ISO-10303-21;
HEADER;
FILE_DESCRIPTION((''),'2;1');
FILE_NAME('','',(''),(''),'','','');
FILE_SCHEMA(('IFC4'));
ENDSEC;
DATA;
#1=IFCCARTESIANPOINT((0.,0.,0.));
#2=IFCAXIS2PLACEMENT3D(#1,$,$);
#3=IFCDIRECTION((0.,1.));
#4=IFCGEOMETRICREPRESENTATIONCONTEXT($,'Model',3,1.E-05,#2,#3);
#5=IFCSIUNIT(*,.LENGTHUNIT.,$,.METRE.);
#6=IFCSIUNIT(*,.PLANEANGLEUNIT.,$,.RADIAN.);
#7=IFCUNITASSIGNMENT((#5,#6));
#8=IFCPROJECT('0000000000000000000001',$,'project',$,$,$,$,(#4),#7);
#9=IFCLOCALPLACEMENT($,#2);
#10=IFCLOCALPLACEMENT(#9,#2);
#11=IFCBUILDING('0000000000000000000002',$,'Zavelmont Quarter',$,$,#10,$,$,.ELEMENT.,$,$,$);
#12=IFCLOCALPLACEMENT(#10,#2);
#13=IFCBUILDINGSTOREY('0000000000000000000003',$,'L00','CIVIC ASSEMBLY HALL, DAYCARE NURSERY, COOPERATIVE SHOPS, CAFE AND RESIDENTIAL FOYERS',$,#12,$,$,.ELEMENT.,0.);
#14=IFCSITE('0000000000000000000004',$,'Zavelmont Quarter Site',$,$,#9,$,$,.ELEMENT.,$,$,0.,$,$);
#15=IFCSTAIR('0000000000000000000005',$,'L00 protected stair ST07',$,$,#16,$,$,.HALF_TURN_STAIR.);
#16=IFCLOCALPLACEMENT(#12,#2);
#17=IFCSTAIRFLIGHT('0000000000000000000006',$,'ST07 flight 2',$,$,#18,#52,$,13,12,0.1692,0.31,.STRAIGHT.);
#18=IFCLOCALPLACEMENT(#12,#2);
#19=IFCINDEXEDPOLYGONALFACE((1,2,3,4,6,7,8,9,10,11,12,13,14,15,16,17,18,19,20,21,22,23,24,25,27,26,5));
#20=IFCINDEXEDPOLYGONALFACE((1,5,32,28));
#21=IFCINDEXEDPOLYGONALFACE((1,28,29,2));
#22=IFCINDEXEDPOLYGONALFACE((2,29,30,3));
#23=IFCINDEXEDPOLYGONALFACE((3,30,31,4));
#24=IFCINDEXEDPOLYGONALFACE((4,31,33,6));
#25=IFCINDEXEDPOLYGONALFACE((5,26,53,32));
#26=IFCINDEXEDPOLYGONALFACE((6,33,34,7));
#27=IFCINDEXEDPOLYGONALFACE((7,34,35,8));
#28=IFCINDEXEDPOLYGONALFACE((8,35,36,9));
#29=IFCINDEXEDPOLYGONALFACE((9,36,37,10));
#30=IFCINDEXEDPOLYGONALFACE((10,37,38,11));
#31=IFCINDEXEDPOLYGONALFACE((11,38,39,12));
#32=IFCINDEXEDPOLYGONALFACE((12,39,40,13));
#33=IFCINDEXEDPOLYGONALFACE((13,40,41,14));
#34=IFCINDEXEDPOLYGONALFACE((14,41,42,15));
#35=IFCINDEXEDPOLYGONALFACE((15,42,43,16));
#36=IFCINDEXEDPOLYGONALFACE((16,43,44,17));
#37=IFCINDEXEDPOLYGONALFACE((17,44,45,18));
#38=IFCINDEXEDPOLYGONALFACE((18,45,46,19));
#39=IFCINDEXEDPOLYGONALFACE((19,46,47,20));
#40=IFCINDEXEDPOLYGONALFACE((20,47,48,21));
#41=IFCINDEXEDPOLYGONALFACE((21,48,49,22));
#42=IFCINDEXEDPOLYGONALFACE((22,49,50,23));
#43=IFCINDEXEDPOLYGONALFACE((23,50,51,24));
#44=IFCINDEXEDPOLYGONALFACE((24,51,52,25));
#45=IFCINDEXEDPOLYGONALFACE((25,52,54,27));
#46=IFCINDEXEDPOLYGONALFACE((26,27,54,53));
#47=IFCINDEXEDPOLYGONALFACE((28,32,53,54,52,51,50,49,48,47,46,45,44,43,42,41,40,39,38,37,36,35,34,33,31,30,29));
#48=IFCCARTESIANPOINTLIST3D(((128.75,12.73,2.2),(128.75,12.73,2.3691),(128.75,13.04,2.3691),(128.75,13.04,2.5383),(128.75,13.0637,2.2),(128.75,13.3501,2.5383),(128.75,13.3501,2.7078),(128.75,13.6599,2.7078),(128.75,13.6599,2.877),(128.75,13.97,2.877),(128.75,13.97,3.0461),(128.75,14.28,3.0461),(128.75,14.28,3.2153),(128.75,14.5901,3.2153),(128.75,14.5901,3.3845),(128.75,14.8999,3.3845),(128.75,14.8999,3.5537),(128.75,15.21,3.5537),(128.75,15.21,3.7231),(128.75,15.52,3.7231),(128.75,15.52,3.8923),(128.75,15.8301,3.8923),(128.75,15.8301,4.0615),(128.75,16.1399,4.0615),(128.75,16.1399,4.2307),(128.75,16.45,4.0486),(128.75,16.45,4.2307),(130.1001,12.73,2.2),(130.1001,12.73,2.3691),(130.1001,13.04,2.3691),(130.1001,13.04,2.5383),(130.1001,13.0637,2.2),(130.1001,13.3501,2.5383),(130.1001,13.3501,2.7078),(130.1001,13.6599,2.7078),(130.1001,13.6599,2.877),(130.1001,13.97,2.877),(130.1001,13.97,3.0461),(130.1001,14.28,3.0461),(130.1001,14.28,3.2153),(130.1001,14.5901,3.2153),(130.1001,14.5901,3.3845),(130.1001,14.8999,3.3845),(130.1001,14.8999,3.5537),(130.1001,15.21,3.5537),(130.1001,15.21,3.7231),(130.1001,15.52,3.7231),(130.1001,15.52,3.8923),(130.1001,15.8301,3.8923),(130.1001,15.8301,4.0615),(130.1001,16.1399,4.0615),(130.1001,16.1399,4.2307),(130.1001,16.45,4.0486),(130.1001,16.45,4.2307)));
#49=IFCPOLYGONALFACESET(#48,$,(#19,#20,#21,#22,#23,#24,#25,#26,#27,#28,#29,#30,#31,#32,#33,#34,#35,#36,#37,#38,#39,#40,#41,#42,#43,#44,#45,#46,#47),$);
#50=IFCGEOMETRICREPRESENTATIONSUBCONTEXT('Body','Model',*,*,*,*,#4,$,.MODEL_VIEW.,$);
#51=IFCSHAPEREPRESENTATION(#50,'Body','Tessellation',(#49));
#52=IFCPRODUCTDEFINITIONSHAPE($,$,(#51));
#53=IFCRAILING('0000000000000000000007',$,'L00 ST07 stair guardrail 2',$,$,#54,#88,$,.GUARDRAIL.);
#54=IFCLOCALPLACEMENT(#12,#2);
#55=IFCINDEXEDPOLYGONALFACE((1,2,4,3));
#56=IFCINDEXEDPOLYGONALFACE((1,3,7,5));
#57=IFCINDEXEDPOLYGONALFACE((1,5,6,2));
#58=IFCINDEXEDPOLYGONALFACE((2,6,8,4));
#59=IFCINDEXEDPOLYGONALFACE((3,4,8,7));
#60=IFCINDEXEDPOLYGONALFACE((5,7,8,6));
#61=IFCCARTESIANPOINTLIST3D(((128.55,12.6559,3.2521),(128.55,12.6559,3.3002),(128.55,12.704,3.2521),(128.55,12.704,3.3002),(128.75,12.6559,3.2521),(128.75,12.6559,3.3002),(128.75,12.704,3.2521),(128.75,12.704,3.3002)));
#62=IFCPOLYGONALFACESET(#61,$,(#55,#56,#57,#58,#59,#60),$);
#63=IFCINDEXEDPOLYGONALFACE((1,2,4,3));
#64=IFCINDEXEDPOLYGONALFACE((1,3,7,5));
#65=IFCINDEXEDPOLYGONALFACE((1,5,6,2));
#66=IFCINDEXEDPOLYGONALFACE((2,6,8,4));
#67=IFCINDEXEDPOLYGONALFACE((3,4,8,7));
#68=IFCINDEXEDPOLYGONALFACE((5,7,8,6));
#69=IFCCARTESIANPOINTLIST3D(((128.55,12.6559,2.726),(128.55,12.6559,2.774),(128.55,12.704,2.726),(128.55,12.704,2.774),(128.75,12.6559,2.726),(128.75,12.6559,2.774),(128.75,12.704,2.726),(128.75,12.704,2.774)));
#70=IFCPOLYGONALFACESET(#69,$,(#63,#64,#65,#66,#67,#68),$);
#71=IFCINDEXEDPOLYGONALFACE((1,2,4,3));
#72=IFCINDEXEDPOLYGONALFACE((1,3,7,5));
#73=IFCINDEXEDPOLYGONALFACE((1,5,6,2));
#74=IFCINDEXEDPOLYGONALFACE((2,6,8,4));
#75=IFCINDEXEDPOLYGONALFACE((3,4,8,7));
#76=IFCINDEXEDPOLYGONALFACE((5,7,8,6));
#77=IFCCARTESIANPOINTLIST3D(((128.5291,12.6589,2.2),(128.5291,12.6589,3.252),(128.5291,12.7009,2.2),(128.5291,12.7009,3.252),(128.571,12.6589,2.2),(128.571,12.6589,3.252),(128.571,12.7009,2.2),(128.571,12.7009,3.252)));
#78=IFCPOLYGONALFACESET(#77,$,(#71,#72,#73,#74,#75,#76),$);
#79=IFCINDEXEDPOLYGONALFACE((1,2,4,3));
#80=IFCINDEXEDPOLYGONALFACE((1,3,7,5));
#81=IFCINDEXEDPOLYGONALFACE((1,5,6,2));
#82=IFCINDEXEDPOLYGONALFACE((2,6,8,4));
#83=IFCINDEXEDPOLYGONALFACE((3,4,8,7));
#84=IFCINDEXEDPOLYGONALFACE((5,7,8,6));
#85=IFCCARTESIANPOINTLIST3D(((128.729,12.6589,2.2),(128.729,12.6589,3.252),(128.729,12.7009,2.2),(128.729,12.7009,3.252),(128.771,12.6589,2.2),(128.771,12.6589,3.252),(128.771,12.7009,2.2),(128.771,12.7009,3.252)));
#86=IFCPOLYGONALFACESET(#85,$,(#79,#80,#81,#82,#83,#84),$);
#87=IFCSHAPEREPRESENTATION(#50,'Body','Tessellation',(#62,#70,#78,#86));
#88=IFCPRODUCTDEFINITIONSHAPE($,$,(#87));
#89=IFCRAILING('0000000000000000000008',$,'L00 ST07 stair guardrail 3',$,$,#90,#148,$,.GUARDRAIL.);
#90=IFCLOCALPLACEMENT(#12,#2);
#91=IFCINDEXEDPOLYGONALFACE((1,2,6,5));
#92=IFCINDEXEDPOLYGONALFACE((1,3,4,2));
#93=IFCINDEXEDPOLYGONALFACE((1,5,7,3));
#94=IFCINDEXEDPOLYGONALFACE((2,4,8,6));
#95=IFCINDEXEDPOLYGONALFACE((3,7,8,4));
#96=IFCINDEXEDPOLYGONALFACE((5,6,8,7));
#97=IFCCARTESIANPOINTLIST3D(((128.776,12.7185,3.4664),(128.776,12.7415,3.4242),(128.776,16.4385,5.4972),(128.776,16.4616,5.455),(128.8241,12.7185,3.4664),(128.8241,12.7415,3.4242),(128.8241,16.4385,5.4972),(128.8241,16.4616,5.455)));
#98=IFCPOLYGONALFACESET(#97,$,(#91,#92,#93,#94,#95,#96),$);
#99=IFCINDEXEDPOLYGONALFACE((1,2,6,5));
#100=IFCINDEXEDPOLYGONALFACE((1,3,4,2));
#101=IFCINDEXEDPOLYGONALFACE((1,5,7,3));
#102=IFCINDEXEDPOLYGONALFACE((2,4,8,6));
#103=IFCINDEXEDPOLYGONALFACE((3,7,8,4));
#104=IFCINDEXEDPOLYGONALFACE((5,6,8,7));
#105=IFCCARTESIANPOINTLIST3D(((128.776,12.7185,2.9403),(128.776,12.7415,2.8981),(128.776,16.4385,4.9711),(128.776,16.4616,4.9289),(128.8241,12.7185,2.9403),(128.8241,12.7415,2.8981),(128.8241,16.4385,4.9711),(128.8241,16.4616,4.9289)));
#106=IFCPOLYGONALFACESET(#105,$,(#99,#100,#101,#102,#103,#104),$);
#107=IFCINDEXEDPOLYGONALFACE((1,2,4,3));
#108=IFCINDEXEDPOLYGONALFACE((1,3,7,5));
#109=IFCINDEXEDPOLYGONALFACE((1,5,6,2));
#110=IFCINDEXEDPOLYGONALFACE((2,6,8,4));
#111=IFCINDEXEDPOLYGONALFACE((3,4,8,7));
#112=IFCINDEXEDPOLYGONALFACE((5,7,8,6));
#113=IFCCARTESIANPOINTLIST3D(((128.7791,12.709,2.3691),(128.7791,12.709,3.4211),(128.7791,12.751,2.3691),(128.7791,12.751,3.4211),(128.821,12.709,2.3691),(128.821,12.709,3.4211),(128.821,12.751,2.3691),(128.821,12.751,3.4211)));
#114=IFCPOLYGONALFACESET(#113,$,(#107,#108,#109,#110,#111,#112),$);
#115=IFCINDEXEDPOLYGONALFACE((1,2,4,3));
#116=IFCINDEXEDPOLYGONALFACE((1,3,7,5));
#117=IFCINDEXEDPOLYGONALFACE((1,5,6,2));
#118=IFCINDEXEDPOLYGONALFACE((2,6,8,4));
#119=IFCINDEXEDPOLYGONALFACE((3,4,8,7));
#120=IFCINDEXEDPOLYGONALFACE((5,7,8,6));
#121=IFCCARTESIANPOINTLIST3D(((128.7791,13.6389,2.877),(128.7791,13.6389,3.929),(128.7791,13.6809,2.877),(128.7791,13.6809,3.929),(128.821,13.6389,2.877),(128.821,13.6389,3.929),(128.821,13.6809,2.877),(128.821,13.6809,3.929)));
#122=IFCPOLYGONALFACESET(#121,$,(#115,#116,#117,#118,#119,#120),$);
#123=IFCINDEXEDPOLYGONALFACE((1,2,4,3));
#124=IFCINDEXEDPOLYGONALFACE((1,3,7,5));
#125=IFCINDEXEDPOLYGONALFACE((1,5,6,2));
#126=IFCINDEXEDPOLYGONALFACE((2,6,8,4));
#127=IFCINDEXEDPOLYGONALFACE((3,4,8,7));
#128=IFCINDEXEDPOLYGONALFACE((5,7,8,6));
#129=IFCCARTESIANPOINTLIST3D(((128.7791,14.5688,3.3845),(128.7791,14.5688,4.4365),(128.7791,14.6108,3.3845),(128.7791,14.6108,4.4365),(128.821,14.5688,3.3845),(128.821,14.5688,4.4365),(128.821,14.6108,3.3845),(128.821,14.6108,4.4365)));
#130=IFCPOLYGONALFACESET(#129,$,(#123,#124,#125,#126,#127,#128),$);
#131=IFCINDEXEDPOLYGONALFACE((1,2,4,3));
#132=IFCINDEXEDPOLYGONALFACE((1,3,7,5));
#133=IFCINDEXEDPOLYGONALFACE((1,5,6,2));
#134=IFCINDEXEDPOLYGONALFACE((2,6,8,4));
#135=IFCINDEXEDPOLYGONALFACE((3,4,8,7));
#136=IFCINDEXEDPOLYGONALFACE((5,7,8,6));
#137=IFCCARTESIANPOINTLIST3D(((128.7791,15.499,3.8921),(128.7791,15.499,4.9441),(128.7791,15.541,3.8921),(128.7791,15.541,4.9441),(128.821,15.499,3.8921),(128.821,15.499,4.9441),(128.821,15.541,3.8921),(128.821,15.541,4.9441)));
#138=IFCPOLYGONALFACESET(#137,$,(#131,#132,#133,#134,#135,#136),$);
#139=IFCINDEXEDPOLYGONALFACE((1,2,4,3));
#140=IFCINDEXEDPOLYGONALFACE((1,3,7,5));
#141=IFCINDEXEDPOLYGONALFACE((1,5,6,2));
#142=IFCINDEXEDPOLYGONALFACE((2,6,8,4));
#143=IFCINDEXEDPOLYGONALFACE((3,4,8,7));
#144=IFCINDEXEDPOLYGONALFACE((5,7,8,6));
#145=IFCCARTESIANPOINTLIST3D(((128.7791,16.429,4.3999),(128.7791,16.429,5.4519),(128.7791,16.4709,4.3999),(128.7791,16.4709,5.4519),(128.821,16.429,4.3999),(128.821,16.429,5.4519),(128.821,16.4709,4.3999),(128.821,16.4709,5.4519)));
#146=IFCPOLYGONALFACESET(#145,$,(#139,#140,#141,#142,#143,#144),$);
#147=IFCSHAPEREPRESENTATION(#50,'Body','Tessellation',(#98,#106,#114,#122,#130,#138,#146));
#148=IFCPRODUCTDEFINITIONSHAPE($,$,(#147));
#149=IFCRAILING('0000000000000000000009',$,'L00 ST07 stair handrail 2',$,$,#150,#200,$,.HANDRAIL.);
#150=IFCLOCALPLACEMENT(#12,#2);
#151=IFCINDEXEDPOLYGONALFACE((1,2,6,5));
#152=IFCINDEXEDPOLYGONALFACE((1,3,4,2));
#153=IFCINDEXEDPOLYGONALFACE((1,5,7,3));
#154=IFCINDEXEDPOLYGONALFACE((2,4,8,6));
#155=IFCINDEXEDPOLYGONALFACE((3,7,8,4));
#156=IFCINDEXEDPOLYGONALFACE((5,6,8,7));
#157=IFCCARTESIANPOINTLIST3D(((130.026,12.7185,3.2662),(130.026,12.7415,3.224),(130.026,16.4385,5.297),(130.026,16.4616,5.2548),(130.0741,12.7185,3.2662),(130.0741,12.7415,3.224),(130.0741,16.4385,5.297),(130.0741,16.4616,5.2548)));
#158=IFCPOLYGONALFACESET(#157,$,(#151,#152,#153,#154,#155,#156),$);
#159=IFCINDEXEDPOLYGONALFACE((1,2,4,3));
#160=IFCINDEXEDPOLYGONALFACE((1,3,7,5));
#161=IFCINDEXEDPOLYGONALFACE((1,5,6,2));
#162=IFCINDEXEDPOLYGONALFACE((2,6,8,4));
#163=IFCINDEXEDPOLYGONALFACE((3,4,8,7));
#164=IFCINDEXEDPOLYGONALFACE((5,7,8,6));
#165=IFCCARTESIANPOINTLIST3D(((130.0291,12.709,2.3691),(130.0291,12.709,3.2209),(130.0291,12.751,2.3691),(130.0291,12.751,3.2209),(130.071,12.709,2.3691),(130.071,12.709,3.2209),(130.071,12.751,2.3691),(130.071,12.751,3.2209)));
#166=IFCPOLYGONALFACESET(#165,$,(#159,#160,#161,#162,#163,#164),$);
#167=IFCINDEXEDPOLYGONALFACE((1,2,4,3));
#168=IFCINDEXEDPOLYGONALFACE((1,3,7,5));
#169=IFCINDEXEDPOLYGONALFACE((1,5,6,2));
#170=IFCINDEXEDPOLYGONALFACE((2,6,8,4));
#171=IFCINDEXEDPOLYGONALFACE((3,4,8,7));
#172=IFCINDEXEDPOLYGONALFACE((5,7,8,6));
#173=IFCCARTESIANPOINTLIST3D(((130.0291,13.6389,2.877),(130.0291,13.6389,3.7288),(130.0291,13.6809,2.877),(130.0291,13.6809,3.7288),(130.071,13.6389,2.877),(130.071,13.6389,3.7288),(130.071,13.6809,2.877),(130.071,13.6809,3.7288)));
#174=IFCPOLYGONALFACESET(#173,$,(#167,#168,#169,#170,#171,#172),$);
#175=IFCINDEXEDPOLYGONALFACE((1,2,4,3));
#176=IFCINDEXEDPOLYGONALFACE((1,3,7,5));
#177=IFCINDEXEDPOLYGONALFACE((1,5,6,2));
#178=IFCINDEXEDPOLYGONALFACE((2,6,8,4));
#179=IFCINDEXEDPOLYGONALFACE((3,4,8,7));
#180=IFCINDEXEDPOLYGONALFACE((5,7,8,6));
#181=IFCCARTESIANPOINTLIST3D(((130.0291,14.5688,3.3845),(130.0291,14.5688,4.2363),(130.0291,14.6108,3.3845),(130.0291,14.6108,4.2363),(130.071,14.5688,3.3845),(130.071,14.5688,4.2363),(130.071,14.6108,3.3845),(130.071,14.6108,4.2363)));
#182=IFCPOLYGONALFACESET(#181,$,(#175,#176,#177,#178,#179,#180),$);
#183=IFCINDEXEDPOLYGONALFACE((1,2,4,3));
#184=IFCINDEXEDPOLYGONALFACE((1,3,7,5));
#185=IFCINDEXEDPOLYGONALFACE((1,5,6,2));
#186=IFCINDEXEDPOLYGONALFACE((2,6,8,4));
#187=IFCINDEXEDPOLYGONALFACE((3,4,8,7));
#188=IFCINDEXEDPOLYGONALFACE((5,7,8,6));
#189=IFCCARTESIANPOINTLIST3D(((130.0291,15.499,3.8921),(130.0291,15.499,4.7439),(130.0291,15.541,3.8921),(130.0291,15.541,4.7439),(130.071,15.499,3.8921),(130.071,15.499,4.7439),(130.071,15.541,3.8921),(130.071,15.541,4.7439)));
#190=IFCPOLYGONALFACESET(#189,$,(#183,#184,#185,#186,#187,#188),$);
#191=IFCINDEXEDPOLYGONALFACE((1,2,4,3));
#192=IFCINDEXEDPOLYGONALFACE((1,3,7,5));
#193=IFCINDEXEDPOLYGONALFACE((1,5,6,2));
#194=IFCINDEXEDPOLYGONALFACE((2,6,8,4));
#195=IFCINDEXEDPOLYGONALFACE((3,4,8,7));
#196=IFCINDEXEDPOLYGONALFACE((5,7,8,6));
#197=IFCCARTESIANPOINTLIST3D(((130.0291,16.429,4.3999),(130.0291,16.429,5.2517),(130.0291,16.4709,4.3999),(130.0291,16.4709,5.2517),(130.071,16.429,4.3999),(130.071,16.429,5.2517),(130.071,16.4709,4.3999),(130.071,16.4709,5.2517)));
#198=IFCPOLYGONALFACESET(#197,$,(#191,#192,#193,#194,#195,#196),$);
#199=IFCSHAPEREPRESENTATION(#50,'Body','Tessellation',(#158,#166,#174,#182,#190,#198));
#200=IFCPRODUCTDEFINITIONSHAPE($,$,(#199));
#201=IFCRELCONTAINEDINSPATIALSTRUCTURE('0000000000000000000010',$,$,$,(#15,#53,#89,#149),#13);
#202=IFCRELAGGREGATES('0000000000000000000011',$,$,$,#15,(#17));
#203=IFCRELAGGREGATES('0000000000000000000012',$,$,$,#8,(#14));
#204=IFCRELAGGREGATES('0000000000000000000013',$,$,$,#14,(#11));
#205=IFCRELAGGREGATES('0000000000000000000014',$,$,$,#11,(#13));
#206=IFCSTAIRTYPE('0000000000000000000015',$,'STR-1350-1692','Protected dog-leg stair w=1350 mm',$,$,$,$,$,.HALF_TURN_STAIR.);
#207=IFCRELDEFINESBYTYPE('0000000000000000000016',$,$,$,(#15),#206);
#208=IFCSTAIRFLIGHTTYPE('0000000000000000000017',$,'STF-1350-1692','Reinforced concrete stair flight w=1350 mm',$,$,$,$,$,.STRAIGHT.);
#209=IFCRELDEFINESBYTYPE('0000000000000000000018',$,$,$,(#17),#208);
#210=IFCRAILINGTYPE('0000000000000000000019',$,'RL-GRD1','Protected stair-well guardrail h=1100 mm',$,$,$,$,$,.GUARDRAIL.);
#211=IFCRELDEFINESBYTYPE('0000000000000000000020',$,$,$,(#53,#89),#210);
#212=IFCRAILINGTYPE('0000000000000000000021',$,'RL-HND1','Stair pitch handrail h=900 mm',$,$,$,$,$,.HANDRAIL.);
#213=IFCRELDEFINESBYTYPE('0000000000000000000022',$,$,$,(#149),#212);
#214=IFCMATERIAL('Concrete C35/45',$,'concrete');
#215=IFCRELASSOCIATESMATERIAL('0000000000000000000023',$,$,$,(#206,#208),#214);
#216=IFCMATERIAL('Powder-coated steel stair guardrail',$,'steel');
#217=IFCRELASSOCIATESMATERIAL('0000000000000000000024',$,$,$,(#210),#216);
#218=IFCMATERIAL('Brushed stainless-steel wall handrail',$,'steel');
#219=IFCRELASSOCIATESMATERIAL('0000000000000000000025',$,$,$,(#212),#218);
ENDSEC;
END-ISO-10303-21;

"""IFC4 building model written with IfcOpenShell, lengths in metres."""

from ifc_helpers import new_model, si_unit, direction, frame, origin, origin_2d, place, context, subcontext, project, spatial, polyline, rectangle, outline, extrude, material, type_object, element, aggregate, save


model = new_model("IFC4")

# Units and contexts
model_context = context("Model", 3, precision=1e-05, world=origin(), true_north=direction((0.0, 1.0)))
body_context = subcontext(model_context, "Body", "Model", "MODEL_VIEW")
ifc_project = project(units=[si_unit("LENGTHUNIT", "METRE"), si_unit("PLANEANGLEUNIT", "RADIAN")], contexts=[model_context])

# Site, building, storey
site_placement = place(None, origin())
site = spatial("IfcSite", under=ifc_project, at=site_placement, Name="Zavelmont Quarter Site", CompositionType="ELEMENT", RefElevation=0.0)
building_placement = place(site_placement, origin())
building = spatial("IfcBuilding", under=site, at=building_placement, Name="Zavelmont Quarter", CompositionType="ELEMENT")
storey_placement = place(building_placement, origin())
storey = spatial("IfcBuildingStorey", under=building, at=storey_placement, Name="L00", Description="CIVIC ASSEMBLY HALL, DAYCARE NURSERY, COOPERATIVE SHOPS, CAFE AND RESIDENTIAL FOYERS", CompositionType="ELEMENT", Elevation=0.0)

# Shared definitions
ifc_material_1 = material(Name="Concrete C35/45", Category="concrete")

# Stair, stair flight
stair_type = type_object("IfcStairType", Name="STR-1350-1692", Description="Protected dog-leg stair w=1350 mm", PredefinedType="HALF_TURN_STAIR", material=ifc_material_1)
stair_placement = place(storey_placement, origin())
stair = element("IfcStair", 1, at=stair_placement, inside=storey, type_object=stair_type, Name="L00 protected stair ST07", PredefinedType="HALF_TURN_STAIR")
stair_flight_type = type_object("IfcStairFlightType", Name="STF-1350-1692", Description="Reinforced concrete stair flight w=1350 mm", PredefinedType="STRAIGHT", material=ifc_material_1)
stair_flight_placement = place(storey_placement, frame((129.425, 12.73, 2.2), z_axis=(0.0, 0.0, 1.0), x_axis=(0.0, 1.0, 0.0)))
stair_flight = element("IfcStairFlight", 2, at=stair_flight_placement, type_object=stair_flight_type, Name="ST07 flight 2", NumberOfRisers=13, NumberOfTreads=12, PredefinedType="STRAIGHT", RiserHeight=0.1692, TreadLength=0.31, context=body_context, shape_type="SweptSolid", body=[
    extrude(outline(polyline([(0.0, 0.0), (0.0, 0.1692), (0.3101, 0.1692), (0.3101, 0.3384), (0.6201, 0.3384), (0.6201, 0.5078), (0.9299, 0.5078), (0.9299, 0.677), (1.24, 0.677), (1.24, 0.8462), (1.55, 0.8462), (1.55, 1.0154), (1.8601, 1.0154), (1.8601, 1.1846), (2.1699, 1.1846), (2.1699, 1.3538), (2.48, 1.3538), (2.48, 1.5232), (2.79, 1.5232), (2.79, 1.6924), (3.1001, 1.6924), (3.1001, 1.8616), (3.4099, 1.8616), (3.4099, 2.0308), (3.72, 2.0308), (3.72, 2.2), (3.72, 1.8486), (0.3337, 0.0), (0.0, 0.0)])), frame((0.0, 0.675, 0.0), z_axis=(0.0, -1.0, 0.0), x_axis=(1.0, 0.0, 0.0)), (0.0, 0.0, 1.0), 1.3501),
])
aggregate(stair, [stair_flight])

# Railings
ifc_material_2 = material(Name="Powder-coated steel stair guardrail", Category="steel")
railing_type_1 = type_object("IfcRailingType", Name="RL-GRD1", Description="Protected stair-well guardrail h=1100 mm", PredefinedType="GUARDRAIL", material=ifc_material_2)
railing_1_placement = place(storey_placement, frame((128.55, 12.6799, 2.2)))
element("IfcRailing", 3, at=railing_1_placement, inside=storey, type_object=railing_type_1, Name="L00 ST07 stair guardrail 2", PredefinedType="GUARDRAIL", context=body_context, shape_type="SweptSolid", body=[
    extrude(rectangle(XDim=0.0481, YDim=0.0481, at=origin_2d()), frame((0.0, 0.0, 1.0762), z_axis=(1.0, 0.0, 0.0), x_axis=(0.0, 1.0, 0.0)), (0.0, 0.0, 1.0), 0.2),
    extrude(rectangle(XDim=0.0481, YDim=0.0481, at=origin_2d()), frame((0.0, 0.0, 0.55), z_axis=(1.0, 0.0, 0.0), x_axis=(0.0, 1.0, 0.0)), (0.0, 0.0, 1.0), 0.2),
    extrude(rectangle(XDim=0.042, YDim=0.042, at=origin_2d()), origin(), (0.0, 0.0, 1.0), 1.052),
    extrude(rectangle(XDim=0.042, YDim=0.042, at=origin_2d()), frame((0.2, 0.0, 0.0)), (0.0, 0.0, 1.0), 1.052),
])
railing_2_placement = place(storey_placement, frame((128.8, 12.73, 2.3691)))
element("IfcRailing", 4, at=railing_2_placement, inside=storey, type_object=railing_type_1, Name="L00 ST07 stair guardrail 3", PredefinedType="GUARDRAIL", context=body_context, shape_type="SweptSolid", body=[
    extrude(rectangle(XDim=0.0481, YDim=0.0481, at=origin_2d()), frame((0.0, 0.0, 1.0762), z_axis=(0.0, 0.877728, 0.479159), x_axis=(-1.0, 0.0, 0.0)), (0.0, 0.0, 1.0), 4.2383),
    extrude(rectangle(XDim=0.0481, YDim=0.0481, at=origin_2d()), frame((0.0, 0.0, 0.55), z_axis=(0.0, 0.877728, 0.479159), x_axis=(-1.0, 0.0, 0.0)), (0.0, 0.0, 1.0), 4.2383),
    extrude(rectangle(XDim=0.042, YDim=0.042, at=origin_2d()), origin(), (0.0, 0.0, 1.0), 1.052),
    extrude(rectangle(XDim=0.042, YDim=0.042, at=origin_2d()), frame((0.0, 0.9299, 0.5078)), (0.0, 0.0, 1.0), 1.052),
    extrude(rectangle(XDim=0.042, YDim=0.042, at=origin_2d()), frame((0.0, 1.8599, 1.0154)), (0.0, 0.0, 1.0), 1.052),
    extrude(rectangle(XDim=0.042, YDim=0.042, at=origin_2d()), frame((0.0, 2.79, 1.5229)), (0.0, 0.0, 1.0), 1.052),
    extrude(rectangle(XDim=0.042, YDim=0.042, at=origin_2d()), frame((0.0, 3.72, 2.0308)), (0.0, 0.0, 1.0), 1.052),
])
ifc_material_3 = material(Name="Brushed stainless-steel wall handrail", Category="steel")
railing_type_2 = type_object("IfcRailingType", Name="RL-HND1", Description="Stair pitch handrail h=900 mm", PredefinedType="HANDRAIL", material=ifc_material_3)
railing_3_placement = place(storey_placement, frame((130.05, 12.73, 2.3691)))
element("IfcRailing", 5, at=railing_3_placement, inside=storey, type_object=railing_type_2, Name="L00 ST07 stair handrail 2", PredefinedType="HANDRAIL", context=body_context, shape_type="SweptSolid", body=[
    extrude(rectangle(XDim=0.0481, YDim=0.0481, at=origin_2d()), frame((0.0, 0.0, 0.876), z_axis=(0.0, 0.877728, 0.479159), x_axis=(-1.0, 0.0, 0.0)), (0.0, 0.0, 1.0), 4.2383),
    extrude(rectangle(XDim=0.042, YDim=0.042, at=origin_2d()), origin(), (0.0, 0.0, 1.0), 0.8518),
    extrude(rectangle(XDim=0.042, YDim=0.042, at=origin_2d()), frame((0.0, 0.9299, 0.5078)), (0.0, 0.0, 1.0), 0.8518),
    extrude(rectangle(XDim=0.042, YDim=0.042, at=origin_2d()), frame((0.0, 1.8599, 1.0154)), (0.0, 0.0, 1.0), 0.8518),
    extrude(rectangle(XDim=0.042, YDim=0.042, at=origin_2d()), frame((0.0, 2.79, 1.5229)), (0.0, 0.0, 1.0), 0.8518),
    extrude(rectangle(XDim=0.042, YDim=0.042, at=origin_2d()), frame((0.0, 3.72, 2.0308)), (0.0, 0.0, 1.0), 0.8518),
])

save(model, "model.ifc")
